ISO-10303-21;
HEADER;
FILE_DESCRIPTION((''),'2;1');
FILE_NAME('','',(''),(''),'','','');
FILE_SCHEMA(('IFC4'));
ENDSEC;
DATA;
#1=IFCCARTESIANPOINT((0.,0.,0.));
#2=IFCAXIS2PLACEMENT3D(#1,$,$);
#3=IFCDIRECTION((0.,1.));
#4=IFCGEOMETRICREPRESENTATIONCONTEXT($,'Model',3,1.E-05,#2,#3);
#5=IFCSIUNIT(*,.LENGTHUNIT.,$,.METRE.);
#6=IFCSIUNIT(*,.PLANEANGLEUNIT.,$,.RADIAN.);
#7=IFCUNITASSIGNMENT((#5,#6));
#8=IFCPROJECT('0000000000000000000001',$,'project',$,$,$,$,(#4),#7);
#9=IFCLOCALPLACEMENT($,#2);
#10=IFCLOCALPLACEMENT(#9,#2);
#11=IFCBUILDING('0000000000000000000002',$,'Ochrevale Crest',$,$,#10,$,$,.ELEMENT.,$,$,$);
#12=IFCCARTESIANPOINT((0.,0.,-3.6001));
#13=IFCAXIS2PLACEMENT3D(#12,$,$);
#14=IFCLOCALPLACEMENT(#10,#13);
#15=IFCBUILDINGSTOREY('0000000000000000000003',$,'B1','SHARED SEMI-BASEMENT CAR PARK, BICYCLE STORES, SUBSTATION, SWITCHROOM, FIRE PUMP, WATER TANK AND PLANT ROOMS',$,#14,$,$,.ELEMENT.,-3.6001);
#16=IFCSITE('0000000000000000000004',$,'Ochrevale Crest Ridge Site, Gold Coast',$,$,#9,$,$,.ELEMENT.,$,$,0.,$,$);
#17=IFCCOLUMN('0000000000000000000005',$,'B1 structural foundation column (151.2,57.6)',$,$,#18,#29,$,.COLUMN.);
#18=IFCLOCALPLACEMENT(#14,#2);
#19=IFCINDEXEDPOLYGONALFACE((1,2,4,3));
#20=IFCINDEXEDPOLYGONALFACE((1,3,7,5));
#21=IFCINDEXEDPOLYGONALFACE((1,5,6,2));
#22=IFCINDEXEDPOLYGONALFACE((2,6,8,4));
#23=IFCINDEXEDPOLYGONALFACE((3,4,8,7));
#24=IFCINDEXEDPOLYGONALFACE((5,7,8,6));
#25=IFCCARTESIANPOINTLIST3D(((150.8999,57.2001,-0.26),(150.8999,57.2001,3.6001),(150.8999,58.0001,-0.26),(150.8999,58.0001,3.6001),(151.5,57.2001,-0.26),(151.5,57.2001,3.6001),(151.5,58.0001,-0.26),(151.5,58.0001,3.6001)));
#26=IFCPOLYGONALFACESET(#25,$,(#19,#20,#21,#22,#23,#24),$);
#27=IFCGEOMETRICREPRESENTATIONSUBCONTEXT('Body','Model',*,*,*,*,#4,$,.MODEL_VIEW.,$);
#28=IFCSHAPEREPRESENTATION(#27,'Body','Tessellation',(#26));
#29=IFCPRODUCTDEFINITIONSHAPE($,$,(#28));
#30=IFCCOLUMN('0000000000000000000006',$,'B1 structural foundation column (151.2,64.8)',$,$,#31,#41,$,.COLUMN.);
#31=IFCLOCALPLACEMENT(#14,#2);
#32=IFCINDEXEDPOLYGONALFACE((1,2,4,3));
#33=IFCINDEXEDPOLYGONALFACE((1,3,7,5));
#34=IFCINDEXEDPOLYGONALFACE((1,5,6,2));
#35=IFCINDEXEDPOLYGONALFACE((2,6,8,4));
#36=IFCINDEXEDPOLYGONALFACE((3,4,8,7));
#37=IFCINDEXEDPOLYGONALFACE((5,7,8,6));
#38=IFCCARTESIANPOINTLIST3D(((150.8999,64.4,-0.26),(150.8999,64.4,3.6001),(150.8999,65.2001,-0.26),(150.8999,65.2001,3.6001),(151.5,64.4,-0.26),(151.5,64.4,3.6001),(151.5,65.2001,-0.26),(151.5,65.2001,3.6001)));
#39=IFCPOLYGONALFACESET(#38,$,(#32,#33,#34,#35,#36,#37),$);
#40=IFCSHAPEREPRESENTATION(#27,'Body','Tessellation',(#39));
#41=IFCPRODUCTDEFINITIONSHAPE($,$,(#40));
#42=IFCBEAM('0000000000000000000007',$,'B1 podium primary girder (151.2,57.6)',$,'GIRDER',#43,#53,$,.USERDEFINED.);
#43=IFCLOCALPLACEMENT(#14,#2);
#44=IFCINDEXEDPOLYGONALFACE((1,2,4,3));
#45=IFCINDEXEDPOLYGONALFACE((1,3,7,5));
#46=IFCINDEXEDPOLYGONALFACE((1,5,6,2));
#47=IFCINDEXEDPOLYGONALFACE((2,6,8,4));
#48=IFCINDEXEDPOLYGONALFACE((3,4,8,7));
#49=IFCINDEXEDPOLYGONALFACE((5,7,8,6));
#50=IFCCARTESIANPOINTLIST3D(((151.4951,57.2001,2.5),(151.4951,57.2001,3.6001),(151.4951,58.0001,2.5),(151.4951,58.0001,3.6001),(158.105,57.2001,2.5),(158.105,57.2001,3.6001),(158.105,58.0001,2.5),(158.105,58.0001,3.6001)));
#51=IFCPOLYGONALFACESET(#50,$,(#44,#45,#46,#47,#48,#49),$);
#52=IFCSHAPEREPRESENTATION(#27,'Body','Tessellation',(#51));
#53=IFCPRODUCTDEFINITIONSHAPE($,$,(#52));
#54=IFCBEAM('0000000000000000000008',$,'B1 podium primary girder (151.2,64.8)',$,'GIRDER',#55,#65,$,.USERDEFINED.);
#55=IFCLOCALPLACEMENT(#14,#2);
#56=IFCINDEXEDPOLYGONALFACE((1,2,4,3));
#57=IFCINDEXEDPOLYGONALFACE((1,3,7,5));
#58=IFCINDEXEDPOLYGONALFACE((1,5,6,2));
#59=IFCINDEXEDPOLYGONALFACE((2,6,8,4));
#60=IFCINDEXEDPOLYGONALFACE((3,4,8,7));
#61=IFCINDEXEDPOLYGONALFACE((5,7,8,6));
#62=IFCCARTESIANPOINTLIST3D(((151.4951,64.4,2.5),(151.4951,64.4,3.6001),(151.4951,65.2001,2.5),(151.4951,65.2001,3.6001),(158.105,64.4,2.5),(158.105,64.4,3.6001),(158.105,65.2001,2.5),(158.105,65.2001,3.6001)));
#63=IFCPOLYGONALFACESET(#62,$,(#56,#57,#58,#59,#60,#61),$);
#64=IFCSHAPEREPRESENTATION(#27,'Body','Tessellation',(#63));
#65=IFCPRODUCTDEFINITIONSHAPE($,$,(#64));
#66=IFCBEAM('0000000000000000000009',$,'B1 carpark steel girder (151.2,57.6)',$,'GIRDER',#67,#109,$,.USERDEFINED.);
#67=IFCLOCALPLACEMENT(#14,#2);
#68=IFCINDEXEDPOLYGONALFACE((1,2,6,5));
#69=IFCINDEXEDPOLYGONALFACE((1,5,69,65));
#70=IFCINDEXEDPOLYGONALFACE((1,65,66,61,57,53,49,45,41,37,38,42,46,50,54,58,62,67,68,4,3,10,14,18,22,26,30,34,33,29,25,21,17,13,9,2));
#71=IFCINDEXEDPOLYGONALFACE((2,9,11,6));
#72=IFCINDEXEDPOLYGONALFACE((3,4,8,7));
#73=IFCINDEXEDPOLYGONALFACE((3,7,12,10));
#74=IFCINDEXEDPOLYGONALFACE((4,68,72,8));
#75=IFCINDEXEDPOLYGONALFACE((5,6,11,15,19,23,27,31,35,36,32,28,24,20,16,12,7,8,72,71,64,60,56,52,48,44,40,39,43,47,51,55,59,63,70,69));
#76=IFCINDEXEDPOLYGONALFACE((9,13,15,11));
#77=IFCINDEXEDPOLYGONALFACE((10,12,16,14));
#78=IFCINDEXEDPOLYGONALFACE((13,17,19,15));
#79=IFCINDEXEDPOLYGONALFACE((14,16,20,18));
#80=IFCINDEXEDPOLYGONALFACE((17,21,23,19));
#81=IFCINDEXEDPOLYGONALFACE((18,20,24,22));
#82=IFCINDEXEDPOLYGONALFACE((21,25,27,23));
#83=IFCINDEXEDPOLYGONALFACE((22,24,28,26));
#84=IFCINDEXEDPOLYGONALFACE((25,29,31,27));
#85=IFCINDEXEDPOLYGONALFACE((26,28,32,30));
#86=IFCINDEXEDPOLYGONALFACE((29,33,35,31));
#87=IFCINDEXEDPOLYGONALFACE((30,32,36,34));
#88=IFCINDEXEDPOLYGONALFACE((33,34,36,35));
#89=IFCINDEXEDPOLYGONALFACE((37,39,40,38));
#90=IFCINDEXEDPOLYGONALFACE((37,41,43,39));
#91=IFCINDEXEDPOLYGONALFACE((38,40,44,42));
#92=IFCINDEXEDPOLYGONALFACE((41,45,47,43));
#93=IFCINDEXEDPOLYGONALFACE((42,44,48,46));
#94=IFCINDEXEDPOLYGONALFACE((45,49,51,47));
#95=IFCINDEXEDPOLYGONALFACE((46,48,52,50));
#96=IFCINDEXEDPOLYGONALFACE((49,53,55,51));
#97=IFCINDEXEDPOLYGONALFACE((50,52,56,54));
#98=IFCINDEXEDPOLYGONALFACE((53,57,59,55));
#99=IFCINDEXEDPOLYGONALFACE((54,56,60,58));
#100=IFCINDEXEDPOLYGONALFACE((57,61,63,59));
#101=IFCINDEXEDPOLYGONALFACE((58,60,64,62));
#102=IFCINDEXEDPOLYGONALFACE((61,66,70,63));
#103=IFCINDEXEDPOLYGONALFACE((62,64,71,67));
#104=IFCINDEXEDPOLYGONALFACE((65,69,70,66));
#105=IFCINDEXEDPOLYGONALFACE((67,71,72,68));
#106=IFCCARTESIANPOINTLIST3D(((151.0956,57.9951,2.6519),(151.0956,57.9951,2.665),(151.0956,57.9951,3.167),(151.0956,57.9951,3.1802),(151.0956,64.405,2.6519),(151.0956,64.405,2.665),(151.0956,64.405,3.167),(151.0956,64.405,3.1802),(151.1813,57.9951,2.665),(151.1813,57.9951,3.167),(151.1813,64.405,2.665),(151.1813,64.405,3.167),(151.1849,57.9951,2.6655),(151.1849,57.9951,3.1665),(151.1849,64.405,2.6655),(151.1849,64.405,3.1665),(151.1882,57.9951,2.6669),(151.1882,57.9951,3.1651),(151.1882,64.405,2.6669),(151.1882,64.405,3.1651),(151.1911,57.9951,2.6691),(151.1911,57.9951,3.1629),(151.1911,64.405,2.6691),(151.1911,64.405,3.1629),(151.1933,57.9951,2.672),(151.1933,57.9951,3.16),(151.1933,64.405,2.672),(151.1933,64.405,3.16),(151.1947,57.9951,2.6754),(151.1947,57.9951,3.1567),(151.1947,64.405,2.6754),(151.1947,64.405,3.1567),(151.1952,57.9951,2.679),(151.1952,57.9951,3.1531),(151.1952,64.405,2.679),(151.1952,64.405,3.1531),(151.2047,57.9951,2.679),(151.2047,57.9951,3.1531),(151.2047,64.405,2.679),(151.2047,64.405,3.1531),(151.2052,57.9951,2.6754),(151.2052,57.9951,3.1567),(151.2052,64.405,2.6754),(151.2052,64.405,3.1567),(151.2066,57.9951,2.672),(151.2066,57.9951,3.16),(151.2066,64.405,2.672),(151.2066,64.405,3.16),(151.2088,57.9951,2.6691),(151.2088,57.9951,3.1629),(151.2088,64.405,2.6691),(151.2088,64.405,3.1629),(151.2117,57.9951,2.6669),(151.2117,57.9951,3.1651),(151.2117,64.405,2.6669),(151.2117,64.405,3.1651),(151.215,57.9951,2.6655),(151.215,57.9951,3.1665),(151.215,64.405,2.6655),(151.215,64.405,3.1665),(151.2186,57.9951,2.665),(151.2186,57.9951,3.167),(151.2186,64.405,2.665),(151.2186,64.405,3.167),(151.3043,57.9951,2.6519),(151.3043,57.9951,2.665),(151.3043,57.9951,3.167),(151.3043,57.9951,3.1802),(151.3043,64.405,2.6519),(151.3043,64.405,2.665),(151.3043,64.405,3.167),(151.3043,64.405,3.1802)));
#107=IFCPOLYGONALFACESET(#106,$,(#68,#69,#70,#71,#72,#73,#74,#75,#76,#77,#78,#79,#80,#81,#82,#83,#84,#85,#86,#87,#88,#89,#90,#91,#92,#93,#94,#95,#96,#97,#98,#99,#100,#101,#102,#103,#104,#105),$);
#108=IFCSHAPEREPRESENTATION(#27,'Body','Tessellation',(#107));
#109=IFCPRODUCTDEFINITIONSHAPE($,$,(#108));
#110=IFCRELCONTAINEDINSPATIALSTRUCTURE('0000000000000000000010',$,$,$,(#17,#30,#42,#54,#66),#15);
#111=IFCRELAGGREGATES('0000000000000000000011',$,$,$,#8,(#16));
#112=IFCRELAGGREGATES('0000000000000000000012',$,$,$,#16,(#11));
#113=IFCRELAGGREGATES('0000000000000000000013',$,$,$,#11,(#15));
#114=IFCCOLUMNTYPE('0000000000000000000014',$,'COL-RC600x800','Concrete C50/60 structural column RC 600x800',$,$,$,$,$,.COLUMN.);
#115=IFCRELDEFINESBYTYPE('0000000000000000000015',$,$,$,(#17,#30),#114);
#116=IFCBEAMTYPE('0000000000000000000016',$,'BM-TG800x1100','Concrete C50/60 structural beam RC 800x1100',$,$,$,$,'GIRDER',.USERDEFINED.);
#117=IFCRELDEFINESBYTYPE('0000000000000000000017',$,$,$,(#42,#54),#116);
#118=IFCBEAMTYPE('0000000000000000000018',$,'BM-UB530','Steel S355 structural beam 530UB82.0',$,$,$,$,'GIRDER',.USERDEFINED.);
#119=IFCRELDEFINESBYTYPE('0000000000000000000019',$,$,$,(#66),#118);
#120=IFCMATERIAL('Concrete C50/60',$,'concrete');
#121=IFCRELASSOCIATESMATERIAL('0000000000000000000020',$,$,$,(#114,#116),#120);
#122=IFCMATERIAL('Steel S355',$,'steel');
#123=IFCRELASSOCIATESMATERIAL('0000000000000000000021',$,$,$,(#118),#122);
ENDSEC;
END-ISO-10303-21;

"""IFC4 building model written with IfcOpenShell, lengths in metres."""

from ifc_helpers import new_model, si_unit, direction, frame, origin, origin_2d, place, context, subcontext, project, spatial, rectangle, i_section, extrude, material, material_profile, profile_set, type_object, element, save


model = new_model("IFC4")

# Units and contexts
model_context = context("Model", 3, precision=1e-05, world=origin(), true_north=direction((0.0, 1.0)))
body_context = subcontext(model_context, "Body", "Model", "MODEL_VIEW")
ifc_project = project(units=[si_unit("LENGTHUNIT", "METRE"), si_unit("PLANEANGLEUNIT", "RADIAN")], contexts=[model_context])

# Site, building, storey
site_placement = place(None, origin())
site = spatial("IfcSite", under=ifc_project, at=site_placement, Name="Ochrevale Crest Ridge Site, Gold Coast", CompositionType="ELEMENT", RefElevation=0.0)
building_placement = place(site_placement, origin())
building = spatial("IfcBuilding", under=site, at=building_placement, Name="Ochrevale Crest", CompositionType="ELEMENT")
storey_placement = place(building_placement, frame((0.0, 0.0, -3.6001)))
storey = spatial("IfcBuildingStorey", under=building, at=storey_placement, Name="B1", Description="SHARED SEMI-BASEMENT CAR PARK, BICYCLE STORES, SUBSTATION, SWITCHROOM, FIRE PUMP, WATER TANK AND PLANT ROOMS", CompositionType="ELEMENT", Elevation=-3.6001)

# Columns
ifc_material_1 = material(Name="Concrete C50/60", Category="concrete")
ifc_material_profile_1 = material_profile(ifc_material_1, rectangle(XDim=0.6001, YDim=0.8, at=origin_2d()), Name="RC 600x800")
ifc_profile_set_1 = profile_set([ifc_material_profile_1], Name="Concrete C50/60")
column_type = type_object("IfcColumnType", Name="COL-RC600x800", Description="Concrete C50/60 structural column RC 600x800", PredefinedType="COLUMN", material=ifc_profile_set_1)
for number, where, z_axis, x_axis, name in (
    (1, (151.2, 57.6001, -0.26), (0.0, 0.0, 1.0), (1.0, 0.0, 0.0), "B1 structural foundation column (151.2,57.6)"),
    (2, (151.2, 64.8, -0.26), (0.0, 0.0, 1.0), (1.0, 0.0, 0.0), "B1 structural foundation column (151.2,64.8)"),
):
    element("IfcColumn", number, at=place(storey_placement, frame(where, z_axis=z_axis, x_axis=x_axis)), inside=storey, type_object=column_type, Name=name, PredefinedType="COLUMN", context=body_context, shape_type="SweptSolid", body=[
        extrude(rectangle(XDim=0.6001, YDim=0.8, at=origin_2d()), origin(), (0.0, 0.0, 1.0), 3.8601),
    ])

# Beams
ifc_material_profile_2 = material_profile(ifc_material_1, rectangle(XDim=0.8, YDim=1.1001, at=origin_2d()), Name="RC 800x1100")
ifc_profile_set_2 = profile_set([ifc_material_profile_2], Name="Concrete C50/60")
beam_type_1 = type_object("IfcBeamType", Name="BM-TG800x1100", Description="Concrete C50/60 structural beam RC 800x1100", ElementType="GIRDER", PredefinedType="USERDEFINED", material=ifc_profile_set_2)
for number, where, z_axis, x_axis, name in (
    (3, (151.4951, 57.6001, 3.05), (1.0, 0.0, 0.0), (0.0, 1.0, 0.0), "B1 podium primary girder (151.2,57.6)"),
    (4, (151.4951, 64.8, 3.05), (1.0, 0.0, 0.0), (0.0, 1.0, 0.0), "B1 podium primary girder (151.2,64.8)"),
):
    element("IfcBeam", number, at=place(storey_placement, frame(where, z_axis=z_axis, x_axis=x_axis)), inside=storey, type_object=beam_type_1, Name=name, ObjectType="GIRDER", PredefinedType="USERDEFINED", context=body_context, shape_type="SweptSolid", body=[
        extrude(rectangle(XDim=0.8, YDim=1.1001, at=origin_2d()), origin(), (0.0, 0.0, 1.0), 6.6099),
    ])
ifc_material_2 = material(Name="Steel S355", Category="steel")
ifc_material_profile_3 = material_profile(ifc_material_2, i_section(OverallWidth=0.2087, OverallDepth=0.5283, WebThickness=0.0095, FlangeThickness=0.0132, FilletRadius=0.0139, at=origin_2d()), Name="530UB82.0")
ifc_profile_set_3 = profile_set([ifc_material_profile_3], Name="Steel S355")
beam_type_2 = type_object("IfcBeamType", Name="BM-UB530", Description="Steel S355 structural beam 530UB82.0", ElementType="GIRDER", PredefinedType="USERDEFINED", material=ifc_profile_set_3)
beam_placement = place(storey_placement, frame((151.2, 57.9951, 2.916), z_axis=(0.0, 1.0, 0.0), x_axis=(-1.0, 0.0, 0.0)))
element("IfcBeam", 5, at=beam_placement, inside=storey, type_object=beam_type_2, Name="B1 carpark steel girder (151.2,57.6)", ObjectType="GIRDER", PredefinedType="USERDEFINED", context=body_context, shape_type="SweptSolid", body=[
    extrude(i_section(OverallWidth=0.2087, OverallDepth=0.5283, WebThickness=0.0095, FlangeThickness=0.0132, FilletRadius=0.0139, at=origin_2d()), origin(), (0.0, 0.0, 1.0), 6.4099),
])

save(model, "model.ifc")
